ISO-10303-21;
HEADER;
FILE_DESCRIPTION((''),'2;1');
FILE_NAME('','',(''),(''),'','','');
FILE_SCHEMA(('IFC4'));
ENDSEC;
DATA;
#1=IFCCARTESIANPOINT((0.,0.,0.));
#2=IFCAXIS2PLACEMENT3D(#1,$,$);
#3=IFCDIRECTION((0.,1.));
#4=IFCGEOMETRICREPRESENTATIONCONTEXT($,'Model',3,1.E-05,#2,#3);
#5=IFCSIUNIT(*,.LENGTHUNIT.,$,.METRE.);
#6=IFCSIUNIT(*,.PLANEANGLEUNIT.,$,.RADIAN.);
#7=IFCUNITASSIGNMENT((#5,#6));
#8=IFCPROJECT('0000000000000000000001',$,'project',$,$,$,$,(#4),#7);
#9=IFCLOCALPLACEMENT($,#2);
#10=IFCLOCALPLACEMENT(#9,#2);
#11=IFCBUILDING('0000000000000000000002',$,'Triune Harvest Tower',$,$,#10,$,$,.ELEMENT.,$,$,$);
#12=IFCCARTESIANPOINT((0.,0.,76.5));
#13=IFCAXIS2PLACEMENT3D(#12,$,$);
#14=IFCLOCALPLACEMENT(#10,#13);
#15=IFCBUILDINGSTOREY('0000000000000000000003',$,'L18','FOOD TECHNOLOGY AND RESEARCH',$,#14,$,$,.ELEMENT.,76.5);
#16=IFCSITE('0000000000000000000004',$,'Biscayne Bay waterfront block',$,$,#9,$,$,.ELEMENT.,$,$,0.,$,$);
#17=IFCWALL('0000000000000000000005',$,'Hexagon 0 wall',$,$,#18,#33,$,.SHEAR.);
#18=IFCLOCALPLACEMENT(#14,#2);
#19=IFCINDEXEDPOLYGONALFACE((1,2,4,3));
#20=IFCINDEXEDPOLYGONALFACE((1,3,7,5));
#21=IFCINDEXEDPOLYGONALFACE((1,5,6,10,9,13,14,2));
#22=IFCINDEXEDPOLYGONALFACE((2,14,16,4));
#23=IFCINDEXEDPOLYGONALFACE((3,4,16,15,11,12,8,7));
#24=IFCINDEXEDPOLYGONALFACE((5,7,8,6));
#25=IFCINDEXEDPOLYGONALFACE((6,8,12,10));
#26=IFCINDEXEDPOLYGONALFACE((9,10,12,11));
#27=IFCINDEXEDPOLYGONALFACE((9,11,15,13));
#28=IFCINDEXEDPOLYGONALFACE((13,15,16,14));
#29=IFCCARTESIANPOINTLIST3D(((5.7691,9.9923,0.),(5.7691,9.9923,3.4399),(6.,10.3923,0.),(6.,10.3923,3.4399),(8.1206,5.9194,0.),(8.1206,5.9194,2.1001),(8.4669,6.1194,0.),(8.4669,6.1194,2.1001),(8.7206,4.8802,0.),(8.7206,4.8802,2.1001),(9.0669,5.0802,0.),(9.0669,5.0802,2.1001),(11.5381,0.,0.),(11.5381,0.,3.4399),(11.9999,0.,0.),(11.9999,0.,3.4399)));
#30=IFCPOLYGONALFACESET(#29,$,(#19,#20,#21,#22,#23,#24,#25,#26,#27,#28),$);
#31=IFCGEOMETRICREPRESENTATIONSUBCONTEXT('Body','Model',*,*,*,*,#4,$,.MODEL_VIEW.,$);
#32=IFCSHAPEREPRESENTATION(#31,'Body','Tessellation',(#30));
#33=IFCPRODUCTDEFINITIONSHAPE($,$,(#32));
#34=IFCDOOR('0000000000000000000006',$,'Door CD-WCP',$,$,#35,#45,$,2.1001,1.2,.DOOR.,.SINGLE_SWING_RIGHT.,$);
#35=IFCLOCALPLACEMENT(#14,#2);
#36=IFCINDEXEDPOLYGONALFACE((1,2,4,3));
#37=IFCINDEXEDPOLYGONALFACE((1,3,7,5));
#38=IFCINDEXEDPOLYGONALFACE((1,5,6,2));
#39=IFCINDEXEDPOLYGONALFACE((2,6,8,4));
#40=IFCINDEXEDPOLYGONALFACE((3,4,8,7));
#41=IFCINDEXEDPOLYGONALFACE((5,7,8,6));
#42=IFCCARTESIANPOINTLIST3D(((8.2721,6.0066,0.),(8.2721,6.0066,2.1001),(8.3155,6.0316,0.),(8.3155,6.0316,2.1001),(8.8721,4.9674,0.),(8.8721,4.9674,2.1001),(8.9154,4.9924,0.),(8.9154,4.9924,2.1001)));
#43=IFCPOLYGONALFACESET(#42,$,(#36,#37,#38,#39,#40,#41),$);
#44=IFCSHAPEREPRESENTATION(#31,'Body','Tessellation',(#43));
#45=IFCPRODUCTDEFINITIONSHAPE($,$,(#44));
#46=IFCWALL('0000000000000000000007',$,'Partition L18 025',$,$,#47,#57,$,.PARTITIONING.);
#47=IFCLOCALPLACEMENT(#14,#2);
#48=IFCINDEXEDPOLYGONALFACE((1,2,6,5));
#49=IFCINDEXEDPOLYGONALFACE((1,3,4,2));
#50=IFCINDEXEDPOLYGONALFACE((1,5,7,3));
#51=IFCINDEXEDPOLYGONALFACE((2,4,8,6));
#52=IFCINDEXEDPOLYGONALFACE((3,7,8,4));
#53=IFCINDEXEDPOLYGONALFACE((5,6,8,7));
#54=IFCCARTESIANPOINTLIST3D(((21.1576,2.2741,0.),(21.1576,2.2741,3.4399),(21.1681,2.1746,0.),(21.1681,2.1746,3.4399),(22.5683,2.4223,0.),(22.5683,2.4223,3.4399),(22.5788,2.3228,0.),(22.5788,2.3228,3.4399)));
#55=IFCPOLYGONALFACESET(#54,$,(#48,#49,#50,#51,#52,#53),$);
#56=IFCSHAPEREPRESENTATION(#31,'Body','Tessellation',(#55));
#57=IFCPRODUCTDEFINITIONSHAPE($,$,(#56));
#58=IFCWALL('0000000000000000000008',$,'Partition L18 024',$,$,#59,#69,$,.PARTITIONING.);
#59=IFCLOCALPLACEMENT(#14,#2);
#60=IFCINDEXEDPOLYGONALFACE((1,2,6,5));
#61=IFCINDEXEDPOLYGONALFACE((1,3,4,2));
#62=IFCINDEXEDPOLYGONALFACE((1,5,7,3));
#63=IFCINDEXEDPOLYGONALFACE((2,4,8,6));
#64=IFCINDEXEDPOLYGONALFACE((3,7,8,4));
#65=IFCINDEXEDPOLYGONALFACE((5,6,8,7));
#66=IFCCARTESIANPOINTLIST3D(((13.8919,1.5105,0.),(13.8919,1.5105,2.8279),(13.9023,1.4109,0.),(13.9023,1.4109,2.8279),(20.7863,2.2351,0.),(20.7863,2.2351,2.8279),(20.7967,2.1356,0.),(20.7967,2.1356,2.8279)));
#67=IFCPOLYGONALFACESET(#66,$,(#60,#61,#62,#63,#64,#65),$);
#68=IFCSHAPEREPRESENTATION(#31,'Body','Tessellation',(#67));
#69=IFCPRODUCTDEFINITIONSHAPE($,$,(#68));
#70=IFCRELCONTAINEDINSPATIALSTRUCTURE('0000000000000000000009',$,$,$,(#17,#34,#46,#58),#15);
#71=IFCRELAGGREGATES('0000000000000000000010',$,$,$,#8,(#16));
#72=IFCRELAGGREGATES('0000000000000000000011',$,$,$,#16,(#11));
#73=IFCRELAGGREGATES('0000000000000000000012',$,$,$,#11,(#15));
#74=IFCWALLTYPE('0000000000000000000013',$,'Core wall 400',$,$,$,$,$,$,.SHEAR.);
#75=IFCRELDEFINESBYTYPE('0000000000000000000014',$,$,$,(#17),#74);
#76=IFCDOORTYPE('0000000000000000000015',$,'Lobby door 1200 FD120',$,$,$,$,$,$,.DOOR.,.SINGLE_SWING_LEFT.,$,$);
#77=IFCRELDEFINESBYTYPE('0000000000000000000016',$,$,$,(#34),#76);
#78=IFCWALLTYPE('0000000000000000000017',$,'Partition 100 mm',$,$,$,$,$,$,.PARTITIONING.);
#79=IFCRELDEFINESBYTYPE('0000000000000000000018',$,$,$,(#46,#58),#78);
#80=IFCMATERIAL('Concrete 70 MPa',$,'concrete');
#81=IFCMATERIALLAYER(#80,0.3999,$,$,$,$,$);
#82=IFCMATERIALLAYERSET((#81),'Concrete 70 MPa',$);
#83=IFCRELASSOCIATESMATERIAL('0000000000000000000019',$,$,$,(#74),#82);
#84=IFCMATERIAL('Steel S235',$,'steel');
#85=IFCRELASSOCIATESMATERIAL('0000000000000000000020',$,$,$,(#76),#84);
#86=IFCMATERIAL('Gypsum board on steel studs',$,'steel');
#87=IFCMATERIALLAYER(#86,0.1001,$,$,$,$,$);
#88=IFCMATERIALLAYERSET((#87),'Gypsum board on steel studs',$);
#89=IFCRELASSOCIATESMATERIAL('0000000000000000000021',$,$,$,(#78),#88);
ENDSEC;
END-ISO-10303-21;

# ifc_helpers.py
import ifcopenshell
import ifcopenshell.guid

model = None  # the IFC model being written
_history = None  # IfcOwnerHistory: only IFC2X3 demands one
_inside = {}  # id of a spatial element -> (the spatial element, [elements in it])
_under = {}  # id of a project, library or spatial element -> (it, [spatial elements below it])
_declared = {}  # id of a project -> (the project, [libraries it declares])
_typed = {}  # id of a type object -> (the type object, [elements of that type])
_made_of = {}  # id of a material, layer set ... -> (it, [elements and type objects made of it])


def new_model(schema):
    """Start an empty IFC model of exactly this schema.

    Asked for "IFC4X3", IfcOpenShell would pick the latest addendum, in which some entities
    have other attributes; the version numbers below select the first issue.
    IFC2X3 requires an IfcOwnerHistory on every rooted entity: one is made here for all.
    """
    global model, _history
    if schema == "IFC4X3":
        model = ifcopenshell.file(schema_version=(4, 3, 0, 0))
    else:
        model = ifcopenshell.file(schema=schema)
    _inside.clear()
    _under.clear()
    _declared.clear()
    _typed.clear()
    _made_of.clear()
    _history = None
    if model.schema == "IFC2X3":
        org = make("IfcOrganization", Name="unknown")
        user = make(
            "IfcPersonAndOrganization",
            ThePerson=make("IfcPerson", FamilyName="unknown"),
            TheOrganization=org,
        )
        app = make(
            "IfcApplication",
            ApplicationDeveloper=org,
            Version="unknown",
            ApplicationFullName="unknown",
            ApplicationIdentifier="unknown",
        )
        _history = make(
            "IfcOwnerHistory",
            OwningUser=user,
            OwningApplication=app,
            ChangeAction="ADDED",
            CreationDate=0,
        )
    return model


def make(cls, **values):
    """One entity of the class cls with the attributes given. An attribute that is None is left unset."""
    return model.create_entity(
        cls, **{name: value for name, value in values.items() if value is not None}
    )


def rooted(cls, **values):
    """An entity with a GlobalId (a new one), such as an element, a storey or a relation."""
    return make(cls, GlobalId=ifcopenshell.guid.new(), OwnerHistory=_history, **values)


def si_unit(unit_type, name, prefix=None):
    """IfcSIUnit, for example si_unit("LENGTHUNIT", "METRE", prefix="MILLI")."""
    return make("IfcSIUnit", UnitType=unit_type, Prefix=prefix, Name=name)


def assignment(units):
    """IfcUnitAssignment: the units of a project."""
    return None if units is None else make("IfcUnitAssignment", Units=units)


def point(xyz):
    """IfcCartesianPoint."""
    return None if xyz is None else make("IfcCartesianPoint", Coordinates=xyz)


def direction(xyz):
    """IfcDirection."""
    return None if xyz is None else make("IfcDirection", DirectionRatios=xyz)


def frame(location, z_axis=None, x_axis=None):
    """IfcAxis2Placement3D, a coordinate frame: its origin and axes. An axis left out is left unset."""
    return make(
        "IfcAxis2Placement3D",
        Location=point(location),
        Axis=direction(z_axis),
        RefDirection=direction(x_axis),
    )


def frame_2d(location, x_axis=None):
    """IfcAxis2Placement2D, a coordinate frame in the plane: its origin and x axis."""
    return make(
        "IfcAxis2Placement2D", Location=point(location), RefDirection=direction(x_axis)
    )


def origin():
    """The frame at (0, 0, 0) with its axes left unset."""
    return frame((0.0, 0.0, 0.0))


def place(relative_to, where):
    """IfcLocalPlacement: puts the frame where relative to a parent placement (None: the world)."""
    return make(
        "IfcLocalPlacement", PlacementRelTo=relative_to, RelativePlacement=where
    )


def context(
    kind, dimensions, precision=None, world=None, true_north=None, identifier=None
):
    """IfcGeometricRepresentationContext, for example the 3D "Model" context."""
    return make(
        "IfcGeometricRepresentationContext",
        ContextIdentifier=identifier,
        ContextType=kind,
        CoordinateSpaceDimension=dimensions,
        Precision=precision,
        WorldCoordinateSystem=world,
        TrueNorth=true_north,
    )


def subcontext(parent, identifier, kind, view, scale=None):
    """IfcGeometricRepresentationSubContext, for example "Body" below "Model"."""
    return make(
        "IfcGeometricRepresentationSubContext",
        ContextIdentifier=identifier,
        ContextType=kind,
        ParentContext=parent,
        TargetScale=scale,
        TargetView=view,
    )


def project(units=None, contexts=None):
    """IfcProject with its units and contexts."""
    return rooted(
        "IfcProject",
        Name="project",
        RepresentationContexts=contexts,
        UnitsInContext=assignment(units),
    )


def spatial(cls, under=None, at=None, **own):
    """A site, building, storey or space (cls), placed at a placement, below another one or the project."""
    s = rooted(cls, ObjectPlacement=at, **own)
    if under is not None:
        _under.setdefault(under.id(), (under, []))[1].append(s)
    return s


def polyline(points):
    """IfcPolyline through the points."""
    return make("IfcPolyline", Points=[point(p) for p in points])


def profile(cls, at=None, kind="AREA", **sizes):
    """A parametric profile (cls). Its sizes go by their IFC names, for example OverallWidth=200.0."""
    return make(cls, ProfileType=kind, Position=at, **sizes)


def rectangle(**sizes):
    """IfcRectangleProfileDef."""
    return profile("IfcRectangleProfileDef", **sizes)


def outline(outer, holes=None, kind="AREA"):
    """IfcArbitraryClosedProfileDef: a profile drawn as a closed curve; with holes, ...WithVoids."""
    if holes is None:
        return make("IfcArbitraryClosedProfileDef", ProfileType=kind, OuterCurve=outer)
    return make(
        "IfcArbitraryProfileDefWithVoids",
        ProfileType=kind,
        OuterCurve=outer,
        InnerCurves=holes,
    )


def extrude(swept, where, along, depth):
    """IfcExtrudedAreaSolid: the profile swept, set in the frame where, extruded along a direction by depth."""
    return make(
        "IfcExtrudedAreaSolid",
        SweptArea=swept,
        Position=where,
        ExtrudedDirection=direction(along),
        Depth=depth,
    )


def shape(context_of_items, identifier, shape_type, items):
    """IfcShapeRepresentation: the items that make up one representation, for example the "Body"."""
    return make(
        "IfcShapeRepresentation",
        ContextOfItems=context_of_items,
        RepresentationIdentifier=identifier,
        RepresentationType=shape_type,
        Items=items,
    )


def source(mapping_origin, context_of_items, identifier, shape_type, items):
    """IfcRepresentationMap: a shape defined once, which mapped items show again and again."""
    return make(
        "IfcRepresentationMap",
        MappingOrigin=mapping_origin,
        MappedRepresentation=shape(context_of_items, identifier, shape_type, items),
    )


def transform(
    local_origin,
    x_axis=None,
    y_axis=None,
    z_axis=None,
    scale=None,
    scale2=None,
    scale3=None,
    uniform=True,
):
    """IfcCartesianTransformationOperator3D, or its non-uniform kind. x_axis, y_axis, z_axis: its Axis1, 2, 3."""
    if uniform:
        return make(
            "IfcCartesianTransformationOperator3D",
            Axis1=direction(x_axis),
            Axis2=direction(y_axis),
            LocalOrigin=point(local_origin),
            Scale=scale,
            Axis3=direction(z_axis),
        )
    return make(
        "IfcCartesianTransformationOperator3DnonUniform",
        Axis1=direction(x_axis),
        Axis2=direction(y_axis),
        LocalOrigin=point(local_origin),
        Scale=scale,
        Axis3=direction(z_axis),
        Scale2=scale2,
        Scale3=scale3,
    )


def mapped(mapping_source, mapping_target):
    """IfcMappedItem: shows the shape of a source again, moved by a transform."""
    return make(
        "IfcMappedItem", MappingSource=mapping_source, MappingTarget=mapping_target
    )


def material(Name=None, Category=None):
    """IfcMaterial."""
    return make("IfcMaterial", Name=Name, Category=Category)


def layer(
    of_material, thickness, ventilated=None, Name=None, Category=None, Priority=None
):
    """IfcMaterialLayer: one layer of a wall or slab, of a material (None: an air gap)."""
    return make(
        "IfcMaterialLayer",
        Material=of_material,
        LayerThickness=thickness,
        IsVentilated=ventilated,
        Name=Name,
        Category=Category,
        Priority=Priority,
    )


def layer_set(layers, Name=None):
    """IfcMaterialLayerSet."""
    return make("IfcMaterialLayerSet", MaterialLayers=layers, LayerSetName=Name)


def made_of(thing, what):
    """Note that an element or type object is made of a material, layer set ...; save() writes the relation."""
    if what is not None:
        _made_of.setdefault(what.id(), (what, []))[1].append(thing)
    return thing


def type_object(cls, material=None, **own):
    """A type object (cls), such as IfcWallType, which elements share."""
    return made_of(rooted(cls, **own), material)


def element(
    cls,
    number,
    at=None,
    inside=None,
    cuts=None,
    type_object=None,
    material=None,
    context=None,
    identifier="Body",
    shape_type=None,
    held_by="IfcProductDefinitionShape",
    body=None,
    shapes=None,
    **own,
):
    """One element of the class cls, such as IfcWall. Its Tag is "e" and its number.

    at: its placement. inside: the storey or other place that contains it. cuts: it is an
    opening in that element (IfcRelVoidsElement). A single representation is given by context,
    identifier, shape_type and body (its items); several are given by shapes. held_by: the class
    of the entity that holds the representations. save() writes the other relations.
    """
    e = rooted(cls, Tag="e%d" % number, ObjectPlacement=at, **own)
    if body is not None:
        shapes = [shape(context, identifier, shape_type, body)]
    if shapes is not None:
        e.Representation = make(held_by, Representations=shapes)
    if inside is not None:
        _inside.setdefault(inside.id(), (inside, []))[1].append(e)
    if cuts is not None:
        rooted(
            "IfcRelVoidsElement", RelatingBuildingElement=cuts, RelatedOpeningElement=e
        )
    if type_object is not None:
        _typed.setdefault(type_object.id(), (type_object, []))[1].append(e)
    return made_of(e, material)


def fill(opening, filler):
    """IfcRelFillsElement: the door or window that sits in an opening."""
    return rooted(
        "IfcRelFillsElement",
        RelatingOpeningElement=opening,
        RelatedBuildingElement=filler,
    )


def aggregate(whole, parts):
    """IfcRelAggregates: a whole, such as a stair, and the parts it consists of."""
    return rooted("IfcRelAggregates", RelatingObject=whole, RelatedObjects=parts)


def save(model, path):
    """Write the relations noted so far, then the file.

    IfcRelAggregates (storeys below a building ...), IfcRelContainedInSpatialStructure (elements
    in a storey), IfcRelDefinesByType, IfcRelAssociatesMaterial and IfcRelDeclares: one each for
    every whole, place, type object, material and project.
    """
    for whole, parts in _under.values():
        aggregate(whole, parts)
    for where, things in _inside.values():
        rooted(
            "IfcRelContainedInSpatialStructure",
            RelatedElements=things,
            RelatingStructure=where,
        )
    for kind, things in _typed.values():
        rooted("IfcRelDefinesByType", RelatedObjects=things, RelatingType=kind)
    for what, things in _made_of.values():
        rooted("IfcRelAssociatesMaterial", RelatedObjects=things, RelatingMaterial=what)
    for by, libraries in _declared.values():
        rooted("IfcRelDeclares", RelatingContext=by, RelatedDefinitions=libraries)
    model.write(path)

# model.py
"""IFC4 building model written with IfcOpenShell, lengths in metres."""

from ifc_helpers import new_model, si_unit, direction, frame, frame_2d, origin, place, context, subcontext, project, spatial, polyline, rectangle, outline, extrude, source, transform, mapped, material, layer, layer_set, type_object, element, fill, save


model = new_model("IFC4")

# Units and contexts
model_context = context("Model", 3, precision=1e-05, world=origin(), true_north=direction((0.0, 1.0)))
body_context = subcontext(model_context, "Body", "Model", "MODEL_VIEW")
ifc_project = project(units=[si_unit("LENGTHUNIT", "METRE"), si_unit("PLANEANGLEUNIT", "RADIAN")], contexts=[model_context])

# Site, building, storey
site_placement = place(None, origin())
site = spatial("IfcSite", under=ifc_project, at=site_placement, Name="Biscayne Bay waterfront block", CompositionType="ELEMENT", RefElevation=0.0)
building_placement = place(site_placement, origin())
building = spatial("IfcBuilding", under=site, at=building_placement, Name="Triune Harvest Tower", CompositionType="ELEMENT")
storey_placement = place(building_placement, frame((0.0, 0.0, 76.5)))
storey = spatial("IfcBuildingStorey", under=building, at=storey_placement, Name="L18", Description="FOOD TECHNOLOGY AND RESEARCH", CompositionType="ELEMENT", Elevation=76.5)

# Wall, opening, door
ifc_material_1 = material(Name="Concrete 70 MPa", Category="concrete")
ifc_layer_1 = layer(ifc_material_1, 0.3999)
ifc_layer_set_1 = layer_set([ifc_layer_1], Name="Concrete 70 MPa")
wall_type_1 = type_object("IfcWallType", Name="Core wall 400", PredefinedType="SHEAR", material=ifc_layer_set_1)
shared_shape_1 = source(origin(), body_context, "Body", "SweptSolid", [
    extrude(outline(polyline([(-0.1155, -0.2), (11.8845, -0.2), (11.6536, 0.2), (0.1155, 0.2), (-0.1155, -0.2)])), origin(), (0.0, 0.0, 1.0), 3.4399),
])
wall_1_placement = place(storey_placement, frame((11.769, 0.0, 0.0), z_axis=(0.0, 0.0, 1.0), x_axis=(-0.499997, 0.866027, 0.0)))
wall_1 = element("IfcWall", 1, at=wall_1_placement, inside=storey, type_object=wall_type_1, Name="Hexagon 0 wall", PredefinedType="SHEAR", context=body_context, shape_type="MappedRepresentation", body=[
    mapped(shared_shape_1, transform((0.0, 0.0, 0.0), scale=1.0)),
])
opening_placement = place(wall_1_placement, frame((5.7505, 0.0, 0.0)))
opening = element("IfcOpeningElement", 2, at=opening_placement, cuts=wall_1, PredefinedType="OPENING", context=body_context, shape_type="SweptSolid", body=[
    extrude(rectangle(XDim=1.2, YDim=2.1001, at=frame_2d((0.6001, 1.05))), frame((0.0, 0.21, 0.0), z_axis=(0.0, -1.0, 0.0), x_axis=(1.0, 0.0, 0.0)), (0.0, 0.0, 1.0), 0.4199),
])
ifc_material_2 = material(Name="Steel S235", Category="steel")
door_type = type_object("IfcDoorType", Name="Lobby door 1200 FD120", OperationType="SINGLE_SWING_LEFT", PredefinedType="DOOR", material=ifc_material_2)
door_placement = place(opening_placement, frame((1.2, 0.0, 0.0), z_axis=(0.0, 0.0, 1.0), x_axis=(-1.0, 0.0, 0.0)))
door = element("IfcDoor", 3, at=door_placement, inside=storey, type_object=door_type, Name="Door CD-WCP", OperationType="SINGLE_SWING_RIGHT", OverallHeight=2.1001, OverallWidth=1.2, PredefinedType="DOOR", context=body_context, shape_type="SweptSolid", body=[
    extrude(rectangle(XDim=1.2, YDim=2.1001, at=frame_2d((0.6001, 1.05))), frame((0.0, 0.0249, 0.0), z_axis=(0.0, -1.0, 0.0), x_axis=(1.0, 0.0, 0.0)), (0.0, 0.0, 1.0), 0.05),
])
fill(opening, door)

# Walls
ifc_material_3 = material(Name="Gypsum board on steel studs", Category="steel")
ifc_layer_2 = layer(ifc_material_3, 0.1001)
ifc_layer_set_2 = layer_set([ifc_layer_2], Name="Gypsum board on steel studs")
wall_type_2 = type_object("IfcWallType", Name="Partition 100 mm", PredefinedType="PARTITIONING", material=ifc_layer_set_2)
shared_shape_2 = source(origin(), body_context, "Body", "SweptSolid", [
    extrude(rectangle(XDim=1.4185, YDim=0.1001, at=frame_2d((0.7092, 0.0))), origin(), (0.0, 0.0, 1.0), 3.4399),
])
wall_2_placement = place(storey_placement, frame((21.1628, 2.2244, 0.0), z_axis=(0.0, 0.0, 1.0), x_axis=(0.994527, 0.104479, 0.0)))
element("IfcWall", 4, at=wall_2_placement, inside=storey, type_object=wall_type_2, Name="Partition L18 025", PredefinedType="PARTITIONING", context=body_context, shape_type="MappedRepresentation", body=[
    mapped(shared_shape_2, transform((0.0, 0.0, 0.0), scale=1.0)),
])
shared_shape_3 = source(origin(), body_context, "Body", "SweptSolid", [
    extrude(rectangle(XDim=6.9324, YDim=0.1001, at=frame_2d((3.4663, 0.0))), origin(), (0.0, 0.0, 1.0), 2.8279),
])
wall_3_placement = place(storey_placement, frame((13.897, 1.4607, 0.0), z_axis=(0.0, 0.0, 1.0), x_axis=(0.994522, 0.104527, 0.0)))
element("IfcWall", 5, at=wall_3_placement, inside=storey, type_object=wall_type_2, Name="Partition L18 024", PredefinedType="PARTITIONING", context=body_context, shape_type="MappedRepresentation", body=[
    mapped(shared_shape_3, transform((0.0, 0.0, 0.0), scale=1.0)),
])

save(model, "model.ifc")
